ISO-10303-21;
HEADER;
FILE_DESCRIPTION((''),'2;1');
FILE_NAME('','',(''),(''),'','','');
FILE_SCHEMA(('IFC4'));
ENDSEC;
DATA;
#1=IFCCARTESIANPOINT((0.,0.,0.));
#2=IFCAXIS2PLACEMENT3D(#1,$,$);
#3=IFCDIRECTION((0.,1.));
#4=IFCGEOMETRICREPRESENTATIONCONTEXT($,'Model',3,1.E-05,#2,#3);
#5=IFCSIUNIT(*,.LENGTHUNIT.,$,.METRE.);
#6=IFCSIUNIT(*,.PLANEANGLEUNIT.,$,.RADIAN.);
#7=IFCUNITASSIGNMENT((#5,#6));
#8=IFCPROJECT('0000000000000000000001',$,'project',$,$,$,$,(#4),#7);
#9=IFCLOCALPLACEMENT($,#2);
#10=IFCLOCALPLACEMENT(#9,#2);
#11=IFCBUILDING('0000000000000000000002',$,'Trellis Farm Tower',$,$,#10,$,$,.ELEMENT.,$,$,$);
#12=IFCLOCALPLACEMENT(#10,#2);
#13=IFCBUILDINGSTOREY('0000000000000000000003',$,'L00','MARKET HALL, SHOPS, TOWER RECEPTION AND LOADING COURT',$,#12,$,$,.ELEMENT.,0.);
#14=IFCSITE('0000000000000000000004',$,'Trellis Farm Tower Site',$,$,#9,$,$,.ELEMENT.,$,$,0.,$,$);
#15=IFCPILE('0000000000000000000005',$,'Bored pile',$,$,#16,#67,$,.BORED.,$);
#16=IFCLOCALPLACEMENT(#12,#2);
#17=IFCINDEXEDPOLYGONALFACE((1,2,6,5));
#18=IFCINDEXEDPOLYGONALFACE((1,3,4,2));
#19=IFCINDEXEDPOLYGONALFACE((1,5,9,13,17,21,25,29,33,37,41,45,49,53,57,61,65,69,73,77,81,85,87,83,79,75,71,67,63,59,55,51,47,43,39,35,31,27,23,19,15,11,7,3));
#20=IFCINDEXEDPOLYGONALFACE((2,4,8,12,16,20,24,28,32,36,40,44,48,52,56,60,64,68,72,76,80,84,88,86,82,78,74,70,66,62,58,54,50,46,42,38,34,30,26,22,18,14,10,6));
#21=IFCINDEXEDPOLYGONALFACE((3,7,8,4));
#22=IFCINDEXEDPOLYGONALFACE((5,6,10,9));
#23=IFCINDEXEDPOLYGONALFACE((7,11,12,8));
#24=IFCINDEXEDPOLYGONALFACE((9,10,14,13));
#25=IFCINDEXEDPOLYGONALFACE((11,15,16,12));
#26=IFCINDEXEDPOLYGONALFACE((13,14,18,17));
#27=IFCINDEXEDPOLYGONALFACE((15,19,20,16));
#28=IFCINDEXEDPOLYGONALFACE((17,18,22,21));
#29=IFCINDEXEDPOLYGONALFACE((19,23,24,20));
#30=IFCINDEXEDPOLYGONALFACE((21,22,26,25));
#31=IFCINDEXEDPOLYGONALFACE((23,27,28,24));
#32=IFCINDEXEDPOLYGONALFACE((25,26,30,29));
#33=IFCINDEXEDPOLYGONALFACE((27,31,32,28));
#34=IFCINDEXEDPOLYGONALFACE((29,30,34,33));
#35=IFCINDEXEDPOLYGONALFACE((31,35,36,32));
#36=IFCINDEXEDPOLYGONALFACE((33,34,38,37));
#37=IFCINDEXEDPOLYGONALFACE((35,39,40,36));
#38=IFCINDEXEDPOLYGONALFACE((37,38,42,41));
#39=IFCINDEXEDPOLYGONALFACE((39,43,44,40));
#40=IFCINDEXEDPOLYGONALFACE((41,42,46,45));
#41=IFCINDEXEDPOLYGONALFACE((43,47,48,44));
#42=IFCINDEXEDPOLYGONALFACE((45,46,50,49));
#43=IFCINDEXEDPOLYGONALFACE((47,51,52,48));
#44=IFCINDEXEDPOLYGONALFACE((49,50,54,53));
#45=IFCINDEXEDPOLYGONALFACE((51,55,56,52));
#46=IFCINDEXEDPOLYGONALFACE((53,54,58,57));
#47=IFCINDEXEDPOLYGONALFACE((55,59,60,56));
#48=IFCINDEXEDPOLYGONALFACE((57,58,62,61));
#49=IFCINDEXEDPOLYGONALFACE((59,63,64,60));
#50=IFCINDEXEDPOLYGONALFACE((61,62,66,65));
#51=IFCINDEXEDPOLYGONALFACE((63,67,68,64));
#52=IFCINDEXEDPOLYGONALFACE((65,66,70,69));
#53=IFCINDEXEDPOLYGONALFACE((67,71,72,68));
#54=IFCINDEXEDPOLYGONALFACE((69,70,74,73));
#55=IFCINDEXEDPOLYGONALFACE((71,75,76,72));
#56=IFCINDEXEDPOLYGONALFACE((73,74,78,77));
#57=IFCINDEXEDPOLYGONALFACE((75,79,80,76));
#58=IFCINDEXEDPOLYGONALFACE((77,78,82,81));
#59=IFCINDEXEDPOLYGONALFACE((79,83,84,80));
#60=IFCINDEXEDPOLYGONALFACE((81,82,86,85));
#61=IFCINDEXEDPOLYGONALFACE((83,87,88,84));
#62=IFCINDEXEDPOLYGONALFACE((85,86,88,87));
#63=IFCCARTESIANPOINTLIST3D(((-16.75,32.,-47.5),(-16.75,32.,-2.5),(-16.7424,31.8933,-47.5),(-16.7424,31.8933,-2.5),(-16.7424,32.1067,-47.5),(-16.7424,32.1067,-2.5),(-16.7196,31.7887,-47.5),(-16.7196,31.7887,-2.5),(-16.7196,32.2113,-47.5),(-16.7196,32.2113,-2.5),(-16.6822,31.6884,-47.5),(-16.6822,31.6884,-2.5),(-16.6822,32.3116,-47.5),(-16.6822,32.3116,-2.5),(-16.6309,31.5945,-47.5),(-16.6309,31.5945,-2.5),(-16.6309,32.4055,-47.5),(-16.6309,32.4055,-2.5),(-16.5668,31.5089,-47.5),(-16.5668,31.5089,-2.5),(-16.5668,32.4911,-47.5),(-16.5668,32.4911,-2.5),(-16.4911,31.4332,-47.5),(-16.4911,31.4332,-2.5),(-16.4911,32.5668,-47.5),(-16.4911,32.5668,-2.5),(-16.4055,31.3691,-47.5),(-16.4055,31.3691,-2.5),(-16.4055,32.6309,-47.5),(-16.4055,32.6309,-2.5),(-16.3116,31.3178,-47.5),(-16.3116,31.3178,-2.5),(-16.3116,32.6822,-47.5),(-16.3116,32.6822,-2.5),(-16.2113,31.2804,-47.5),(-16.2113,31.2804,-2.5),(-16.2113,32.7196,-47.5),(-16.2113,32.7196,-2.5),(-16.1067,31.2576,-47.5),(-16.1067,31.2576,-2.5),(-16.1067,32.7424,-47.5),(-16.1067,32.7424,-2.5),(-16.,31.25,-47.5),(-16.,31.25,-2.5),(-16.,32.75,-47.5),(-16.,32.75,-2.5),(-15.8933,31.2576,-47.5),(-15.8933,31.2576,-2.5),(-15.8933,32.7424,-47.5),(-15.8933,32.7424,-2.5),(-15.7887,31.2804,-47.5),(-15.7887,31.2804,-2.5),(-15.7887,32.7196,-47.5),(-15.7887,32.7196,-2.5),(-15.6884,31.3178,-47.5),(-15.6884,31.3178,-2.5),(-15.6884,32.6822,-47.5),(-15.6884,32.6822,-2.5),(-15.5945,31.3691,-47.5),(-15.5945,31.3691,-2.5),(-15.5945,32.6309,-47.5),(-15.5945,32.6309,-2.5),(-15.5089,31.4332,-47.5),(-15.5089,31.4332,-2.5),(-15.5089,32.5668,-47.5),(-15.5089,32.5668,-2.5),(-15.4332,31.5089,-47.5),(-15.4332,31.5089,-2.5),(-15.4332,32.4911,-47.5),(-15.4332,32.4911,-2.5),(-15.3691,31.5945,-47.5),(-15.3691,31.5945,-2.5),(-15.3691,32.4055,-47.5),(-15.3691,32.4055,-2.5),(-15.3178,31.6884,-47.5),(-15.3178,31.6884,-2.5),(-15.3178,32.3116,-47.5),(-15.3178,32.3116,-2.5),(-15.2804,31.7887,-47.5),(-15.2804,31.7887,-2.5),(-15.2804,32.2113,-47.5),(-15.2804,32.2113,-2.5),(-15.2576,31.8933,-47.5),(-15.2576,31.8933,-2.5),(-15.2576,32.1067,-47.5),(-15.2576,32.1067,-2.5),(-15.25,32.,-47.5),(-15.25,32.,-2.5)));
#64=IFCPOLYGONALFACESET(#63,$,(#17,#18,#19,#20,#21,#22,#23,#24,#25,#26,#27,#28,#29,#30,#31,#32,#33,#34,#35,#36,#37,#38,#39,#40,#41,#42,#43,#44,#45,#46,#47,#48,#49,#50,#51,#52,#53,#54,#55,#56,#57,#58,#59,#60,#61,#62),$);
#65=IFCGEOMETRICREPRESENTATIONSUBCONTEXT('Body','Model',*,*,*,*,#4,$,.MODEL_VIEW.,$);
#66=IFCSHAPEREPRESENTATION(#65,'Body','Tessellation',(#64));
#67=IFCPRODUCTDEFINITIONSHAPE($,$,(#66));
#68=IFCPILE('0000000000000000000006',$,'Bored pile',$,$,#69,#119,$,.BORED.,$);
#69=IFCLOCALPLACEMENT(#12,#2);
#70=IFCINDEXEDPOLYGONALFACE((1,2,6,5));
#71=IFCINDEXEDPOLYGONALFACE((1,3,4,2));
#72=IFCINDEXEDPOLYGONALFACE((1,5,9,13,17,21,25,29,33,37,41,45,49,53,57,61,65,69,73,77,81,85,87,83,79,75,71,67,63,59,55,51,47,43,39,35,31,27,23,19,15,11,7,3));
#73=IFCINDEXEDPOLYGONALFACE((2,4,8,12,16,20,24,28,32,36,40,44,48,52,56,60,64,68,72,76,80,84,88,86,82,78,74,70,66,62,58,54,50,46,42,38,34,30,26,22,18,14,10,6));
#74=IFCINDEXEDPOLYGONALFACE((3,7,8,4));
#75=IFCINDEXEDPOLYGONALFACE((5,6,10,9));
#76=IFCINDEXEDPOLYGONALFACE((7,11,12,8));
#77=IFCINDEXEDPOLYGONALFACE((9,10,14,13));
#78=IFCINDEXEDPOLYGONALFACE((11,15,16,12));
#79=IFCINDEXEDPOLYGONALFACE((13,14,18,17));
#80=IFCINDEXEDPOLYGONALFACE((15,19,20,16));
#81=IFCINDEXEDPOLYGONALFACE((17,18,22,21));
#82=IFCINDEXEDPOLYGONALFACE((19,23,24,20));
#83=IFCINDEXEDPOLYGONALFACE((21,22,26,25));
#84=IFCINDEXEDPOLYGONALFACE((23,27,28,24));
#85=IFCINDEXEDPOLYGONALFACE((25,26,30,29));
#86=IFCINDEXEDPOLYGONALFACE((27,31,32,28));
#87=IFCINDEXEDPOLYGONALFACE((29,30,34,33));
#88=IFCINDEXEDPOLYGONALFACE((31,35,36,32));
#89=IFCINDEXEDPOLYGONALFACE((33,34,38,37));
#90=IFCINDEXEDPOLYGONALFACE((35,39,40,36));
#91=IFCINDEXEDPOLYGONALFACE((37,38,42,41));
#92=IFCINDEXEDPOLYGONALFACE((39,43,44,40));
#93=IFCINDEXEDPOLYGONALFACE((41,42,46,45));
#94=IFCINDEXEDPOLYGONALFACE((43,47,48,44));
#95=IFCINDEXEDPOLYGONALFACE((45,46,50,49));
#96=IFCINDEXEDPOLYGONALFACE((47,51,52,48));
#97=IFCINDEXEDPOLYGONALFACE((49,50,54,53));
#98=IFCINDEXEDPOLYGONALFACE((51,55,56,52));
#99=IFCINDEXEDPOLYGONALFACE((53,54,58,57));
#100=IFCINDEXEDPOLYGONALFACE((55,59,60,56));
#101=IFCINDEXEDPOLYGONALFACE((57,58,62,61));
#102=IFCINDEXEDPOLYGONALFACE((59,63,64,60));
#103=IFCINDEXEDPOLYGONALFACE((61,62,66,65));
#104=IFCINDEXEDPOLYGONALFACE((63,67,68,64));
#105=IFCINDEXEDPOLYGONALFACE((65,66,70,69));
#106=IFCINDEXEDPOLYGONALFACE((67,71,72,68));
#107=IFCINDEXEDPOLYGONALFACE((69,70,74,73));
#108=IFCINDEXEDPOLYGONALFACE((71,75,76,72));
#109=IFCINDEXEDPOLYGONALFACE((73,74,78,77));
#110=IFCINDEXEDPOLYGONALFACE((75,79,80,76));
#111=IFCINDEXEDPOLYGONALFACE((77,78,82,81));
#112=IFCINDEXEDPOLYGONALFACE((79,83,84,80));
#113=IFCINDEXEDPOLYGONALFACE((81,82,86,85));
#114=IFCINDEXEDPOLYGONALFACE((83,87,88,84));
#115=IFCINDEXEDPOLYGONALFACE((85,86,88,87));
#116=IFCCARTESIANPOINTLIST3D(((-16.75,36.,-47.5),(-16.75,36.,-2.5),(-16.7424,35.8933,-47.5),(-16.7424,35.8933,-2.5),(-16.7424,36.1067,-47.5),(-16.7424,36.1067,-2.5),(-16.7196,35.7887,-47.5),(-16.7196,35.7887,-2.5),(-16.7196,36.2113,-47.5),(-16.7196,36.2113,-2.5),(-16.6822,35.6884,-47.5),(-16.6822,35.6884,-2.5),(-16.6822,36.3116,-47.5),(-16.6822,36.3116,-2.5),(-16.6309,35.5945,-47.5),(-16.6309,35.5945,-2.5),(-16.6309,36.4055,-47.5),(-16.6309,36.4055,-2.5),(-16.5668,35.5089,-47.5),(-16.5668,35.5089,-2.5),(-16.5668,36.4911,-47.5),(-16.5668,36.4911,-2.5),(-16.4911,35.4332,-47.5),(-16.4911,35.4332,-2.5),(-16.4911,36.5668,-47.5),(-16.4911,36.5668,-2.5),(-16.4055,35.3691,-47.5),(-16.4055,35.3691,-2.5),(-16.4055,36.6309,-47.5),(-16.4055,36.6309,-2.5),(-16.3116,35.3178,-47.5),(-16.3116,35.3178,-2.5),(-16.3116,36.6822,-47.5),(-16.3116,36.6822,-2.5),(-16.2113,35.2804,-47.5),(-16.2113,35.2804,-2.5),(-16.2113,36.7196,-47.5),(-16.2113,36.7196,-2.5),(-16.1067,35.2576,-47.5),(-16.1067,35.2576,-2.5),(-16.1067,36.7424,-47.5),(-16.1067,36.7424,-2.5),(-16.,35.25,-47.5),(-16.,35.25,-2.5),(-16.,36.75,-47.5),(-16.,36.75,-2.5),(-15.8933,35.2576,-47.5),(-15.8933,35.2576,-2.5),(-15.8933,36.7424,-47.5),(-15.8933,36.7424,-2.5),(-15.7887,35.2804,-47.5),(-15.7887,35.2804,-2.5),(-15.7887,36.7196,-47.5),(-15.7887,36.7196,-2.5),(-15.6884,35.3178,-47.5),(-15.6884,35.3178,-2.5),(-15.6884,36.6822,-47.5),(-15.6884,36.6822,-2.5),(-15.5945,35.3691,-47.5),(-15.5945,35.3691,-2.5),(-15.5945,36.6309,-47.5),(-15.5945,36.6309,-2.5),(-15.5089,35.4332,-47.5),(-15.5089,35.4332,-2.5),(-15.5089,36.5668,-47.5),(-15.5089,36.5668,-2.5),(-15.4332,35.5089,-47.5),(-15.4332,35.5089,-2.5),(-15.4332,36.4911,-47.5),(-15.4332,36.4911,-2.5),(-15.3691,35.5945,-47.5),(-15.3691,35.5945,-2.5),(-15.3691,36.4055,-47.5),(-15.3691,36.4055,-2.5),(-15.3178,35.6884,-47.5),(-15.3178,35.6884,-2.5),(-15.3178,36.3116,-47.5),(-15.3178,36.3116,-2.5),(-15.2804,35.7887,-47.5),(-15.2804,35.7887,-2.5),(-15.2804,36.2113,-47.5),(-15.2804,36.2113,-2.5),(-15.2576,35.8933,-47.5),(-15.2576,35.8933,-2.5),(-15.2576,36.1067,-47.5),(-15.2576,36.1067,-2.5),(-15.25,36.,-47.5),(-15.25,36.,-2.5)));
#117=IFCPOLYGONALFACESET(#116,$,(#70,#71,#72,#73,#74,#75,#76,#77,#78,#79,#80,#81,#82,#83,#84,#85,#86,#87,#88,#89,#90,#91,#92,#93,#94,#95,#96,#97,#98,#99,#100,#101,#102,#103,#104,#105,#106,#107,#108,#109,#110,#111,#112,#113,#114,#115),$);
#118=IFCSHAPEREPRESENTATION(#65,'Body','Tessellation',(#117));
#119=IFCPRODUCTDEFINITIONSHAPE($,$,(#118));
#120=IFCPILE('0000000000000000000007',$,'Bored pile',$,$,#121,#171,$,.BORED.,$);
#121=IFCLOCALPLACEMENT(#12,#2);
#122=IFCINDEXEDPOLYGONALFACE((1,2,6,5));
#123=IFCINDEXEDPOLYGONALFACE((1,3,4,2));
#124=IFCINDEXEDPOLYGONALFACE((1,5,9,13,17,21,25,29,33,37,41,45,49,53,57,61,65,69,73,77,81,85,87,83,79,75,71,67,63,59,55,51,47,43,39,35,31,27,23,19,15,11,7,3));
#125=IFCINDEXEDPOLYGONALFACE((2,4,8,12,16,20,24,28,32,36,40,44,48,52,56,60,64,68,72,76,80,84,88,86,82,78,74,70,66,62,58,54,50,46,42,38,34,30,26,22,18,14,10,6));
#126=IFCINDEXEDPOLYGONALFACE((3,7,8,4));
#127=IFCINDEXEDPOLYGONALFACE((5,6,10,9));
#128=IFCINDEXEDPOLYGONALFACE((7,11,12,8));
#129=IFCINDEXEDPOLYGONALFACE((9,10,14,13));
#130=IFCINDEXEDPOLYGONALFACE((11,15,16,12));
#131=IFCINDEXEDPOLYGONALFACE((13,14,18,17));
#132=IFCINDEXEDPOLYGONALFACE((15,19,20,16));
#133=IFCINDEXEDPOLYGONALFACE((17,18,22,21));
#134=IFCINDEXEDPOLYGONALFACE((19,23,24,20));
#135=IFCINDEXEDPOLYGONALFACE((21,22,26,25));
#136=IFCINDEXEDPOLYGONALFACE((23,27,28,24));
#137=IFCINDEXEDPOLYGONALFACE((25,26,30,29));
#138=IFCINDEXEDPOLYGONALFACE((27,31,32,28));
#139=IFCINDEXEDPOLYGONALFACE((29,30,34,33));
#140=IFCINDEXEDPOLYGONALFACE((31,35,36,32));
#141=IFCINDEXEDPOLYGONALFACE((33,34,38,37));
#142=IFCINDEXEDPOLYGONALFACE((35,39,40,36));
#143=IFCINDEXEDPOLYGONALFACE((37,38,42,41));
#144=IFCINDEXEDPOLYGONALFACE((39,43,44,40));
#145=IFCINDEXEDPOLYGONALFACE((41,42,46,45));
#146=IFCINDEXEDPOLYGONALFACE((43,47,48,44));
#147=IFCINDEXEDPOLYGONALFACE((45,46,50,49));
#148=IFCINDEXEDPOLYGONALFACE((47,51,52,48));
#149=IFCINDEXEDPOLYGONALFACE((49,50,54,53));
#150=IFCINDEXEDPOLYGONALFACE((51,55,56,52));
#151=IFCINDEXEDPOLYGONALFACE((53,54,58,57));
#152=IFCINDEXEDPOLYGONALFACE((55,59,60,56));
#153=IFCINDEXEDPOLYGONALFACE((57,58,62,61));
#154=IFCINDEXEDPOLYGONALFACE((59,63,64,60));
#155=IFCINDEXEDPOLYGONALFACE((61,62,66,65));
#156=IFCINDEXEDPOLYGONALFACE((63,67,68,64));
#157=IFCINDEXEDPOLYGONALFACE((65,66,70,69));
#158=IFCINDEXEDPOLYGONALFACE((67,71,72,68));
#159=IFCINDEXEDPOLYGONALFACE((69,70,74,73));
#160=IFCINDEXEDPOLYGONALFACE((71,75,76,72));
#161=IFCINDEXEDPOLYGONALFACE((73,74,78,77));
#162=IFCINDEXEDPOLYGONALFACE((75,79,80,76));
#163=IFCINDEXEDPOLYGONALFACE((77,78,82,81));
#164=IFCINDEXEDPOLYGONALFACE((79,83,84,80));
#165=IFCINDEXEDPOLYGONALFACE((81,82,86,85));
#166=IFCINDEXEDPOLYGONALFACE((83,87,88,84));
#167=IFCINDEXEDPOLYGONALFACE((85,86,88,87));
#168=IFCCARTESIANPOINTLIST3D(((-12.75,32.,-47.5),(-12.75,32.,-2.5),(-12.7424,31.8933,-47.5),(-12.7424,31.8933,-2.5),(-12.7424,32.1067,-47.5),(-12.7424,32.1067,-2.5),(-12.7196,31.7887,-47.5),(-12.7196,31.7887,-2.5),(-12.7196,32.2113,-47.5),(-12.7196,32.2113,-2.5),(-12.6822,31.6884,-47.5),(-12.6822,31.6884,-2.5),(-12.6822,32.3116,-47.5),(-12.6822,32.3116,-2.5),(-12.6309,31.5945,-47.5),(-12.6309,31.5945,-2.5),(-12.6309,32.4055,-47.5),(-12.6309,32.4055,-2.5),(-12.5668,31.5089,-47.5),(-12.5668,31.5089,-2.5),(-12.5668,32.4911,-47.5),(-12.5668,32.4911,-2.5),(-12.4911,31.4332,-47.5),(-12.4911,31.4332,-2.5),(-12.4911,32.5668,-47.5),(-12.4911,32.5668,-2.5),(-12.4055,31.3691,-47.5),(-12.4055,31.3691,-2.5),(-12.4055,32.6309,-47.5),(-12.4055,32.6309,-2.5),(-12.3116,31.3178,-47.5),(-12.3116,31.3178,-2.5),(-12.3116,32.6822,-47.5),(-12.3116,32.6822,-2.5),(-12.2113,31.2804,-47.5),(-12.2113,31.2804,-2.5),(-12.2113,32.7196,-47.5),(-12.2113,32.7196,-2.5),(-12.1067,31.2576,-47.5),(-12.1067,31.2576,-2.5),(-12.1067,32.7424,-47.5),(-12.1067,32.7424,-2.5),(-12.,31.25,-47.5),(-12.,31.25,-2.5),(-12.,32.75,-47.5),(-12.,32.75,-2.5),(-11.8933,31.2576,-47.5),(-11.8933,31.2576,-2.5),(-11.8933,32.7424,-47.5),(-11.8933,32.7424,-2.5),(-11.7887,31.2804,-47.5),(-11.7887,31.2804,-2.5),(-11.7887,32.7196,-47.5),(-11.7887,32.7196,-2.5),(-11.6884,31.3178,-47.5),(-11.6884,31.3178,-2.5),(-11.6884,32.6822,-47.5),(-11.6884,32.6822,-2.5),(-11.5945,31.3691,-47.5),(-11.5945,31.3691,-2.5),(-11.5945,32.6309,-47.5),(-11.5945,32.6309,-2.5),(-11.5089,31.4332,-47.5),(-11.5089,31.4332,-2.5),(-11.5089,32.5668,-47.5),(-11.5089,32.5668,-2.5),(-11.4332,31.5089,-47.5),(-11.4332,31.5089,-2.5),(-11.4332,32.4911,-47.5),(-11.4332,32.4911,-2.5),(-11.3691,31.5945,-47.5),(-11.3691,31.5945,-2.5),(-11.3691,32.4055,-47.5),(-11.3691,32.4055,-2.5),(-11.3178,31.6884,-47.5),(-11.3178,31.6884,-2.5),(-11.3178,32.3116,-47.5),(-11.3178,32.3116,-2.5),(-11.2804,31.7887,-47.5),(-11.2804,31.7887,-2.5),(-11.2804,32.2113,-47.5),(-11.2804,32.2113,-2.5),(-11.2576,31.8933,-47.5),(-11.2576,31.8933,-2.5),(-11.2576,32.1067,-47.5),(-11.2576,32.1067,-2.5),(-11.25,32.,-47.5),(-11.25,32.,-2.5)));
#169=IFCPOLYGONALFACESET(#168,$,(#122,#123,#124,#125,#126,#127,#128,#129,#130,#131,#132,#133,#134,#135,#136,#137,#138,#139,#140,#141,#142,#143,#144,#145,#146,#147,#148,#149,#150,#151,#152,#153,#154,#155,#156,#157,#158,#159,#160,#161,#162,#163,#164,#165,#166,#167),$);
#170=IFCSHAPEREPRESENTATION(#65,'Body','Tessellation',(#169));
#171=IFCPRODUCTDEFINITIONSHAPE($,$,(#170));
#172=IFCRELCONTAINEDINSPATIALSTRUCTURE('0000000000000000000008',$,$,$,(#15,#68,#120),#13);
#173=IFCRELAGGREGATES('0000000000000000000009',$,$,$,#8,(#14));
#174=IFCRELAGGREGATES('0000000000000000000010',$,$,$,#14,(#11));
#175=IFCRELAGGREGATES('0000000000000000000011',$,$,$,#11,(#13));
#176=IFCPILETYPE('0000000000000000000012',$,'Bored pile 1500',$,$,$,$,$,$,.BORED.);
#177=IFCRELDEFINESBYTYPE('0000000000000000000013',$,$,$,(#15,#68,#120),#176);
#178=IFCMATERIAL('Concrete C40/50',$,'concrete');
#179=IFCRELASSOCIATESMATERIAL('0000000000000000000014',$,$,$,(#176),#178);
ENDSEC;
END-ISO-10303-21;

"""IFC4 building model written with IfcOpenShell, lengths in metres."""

from ifc_helpers import new_model, si_unit, direction, frame, origin, origin_2d, place, context, subcontext, project, spatial, circle, extrude, source, transform, mapped, material, material_profile, profile_set, type_object, element, save


model = new_model("IFC4")

# Units and contexts
model_context = context("Model", 3, precision=1e-05, world=origin(), true_north=direction((0.0, 1.0)))
body_context = subcontext(model_context, "Body", "Model", "MODEL_VIEW")
ifc_project = project(units=[si_unit("LENGTHUNIT", "METRE"), si_unit("PLANEANGLEUNIT", "RADIAN")], contexts=[model_context])

# Site, building, storey
site_placement = place(None, origin())
site = spatial("IfcSite", under=ifc_project, at=site_placement, Name="Trellis Farm Tower Site", CompositionType="ELEMENT", RefElevation=0.0)
building_placement = place(site_placement, origin())
building = spatial("IfcBuilding", under=site, at=building_placement, Name="Trellis Farm Tower", CompositionType="ELEMENT")
storey_placement = place(building_placement, origin())
storey = spatial("IfcBuildingStorey", under=building, at=storey_placement, Name="L00", Description="MARKET HALL, SHOPS, TOWER RECEPTION AND LOADING COURT", CompositionType="ELEMENT", Elevation=0.0)

# Piles
ifc_material_1 = material(Name="Concrete C40/50", Category="concrete")
ifc_material_profile_1 = material_profile(ifc_material_1, circle(Radius=0.75, at=origin_2d()), Name="Bored pile 1500")
ifc_profile_set_1 = profile_set([ifc_material_profile_1], Name="Concrete C40/50")
pile_type = type_object("IfcPileType", Name="Bored pile 1500", PredefinedType="BORED", material=ifc_profile_set_1)
shared_shape_1 = source(origin(), body_context, "Body", "SweptSolid", [
    extrude(circle(Radius=0.75, at=origin_2d()), origin(), (0.0, 0.0, 1.0), 45.0),
])
for number, where, z_axis, x_axis, name in (
    (1, (-16.0, 32.0, -2.5), (0.0, 0.0, -1.0), (1.0, 0.0, 0.0), "Bored pile"),
    (2, (-16.0, 36.0, -2.5), (0.0, 0.0, -1.0), (1.0, 0.0, 0.0), "Bored pile"),
    (3, (-12.0, 32.0, -2.5), (0.0, 0.0, -1.0), (1.0, 0.0, 0.0), "Bored pile"),
):
    element("IfcPile", number, at=place(storey_placement, frame(where, z_axis=z_axis, x_axis=x_axis)), inside=storey, type_object=pile_type, Name=name, PredefinedType="BORED", context=body_context, shape_type="MappedRepresentation", body=[
        mapped(shared_shape_1, transform((0.0, 0.0, 0.0))),
    ])

save(model, "model.ifc")
